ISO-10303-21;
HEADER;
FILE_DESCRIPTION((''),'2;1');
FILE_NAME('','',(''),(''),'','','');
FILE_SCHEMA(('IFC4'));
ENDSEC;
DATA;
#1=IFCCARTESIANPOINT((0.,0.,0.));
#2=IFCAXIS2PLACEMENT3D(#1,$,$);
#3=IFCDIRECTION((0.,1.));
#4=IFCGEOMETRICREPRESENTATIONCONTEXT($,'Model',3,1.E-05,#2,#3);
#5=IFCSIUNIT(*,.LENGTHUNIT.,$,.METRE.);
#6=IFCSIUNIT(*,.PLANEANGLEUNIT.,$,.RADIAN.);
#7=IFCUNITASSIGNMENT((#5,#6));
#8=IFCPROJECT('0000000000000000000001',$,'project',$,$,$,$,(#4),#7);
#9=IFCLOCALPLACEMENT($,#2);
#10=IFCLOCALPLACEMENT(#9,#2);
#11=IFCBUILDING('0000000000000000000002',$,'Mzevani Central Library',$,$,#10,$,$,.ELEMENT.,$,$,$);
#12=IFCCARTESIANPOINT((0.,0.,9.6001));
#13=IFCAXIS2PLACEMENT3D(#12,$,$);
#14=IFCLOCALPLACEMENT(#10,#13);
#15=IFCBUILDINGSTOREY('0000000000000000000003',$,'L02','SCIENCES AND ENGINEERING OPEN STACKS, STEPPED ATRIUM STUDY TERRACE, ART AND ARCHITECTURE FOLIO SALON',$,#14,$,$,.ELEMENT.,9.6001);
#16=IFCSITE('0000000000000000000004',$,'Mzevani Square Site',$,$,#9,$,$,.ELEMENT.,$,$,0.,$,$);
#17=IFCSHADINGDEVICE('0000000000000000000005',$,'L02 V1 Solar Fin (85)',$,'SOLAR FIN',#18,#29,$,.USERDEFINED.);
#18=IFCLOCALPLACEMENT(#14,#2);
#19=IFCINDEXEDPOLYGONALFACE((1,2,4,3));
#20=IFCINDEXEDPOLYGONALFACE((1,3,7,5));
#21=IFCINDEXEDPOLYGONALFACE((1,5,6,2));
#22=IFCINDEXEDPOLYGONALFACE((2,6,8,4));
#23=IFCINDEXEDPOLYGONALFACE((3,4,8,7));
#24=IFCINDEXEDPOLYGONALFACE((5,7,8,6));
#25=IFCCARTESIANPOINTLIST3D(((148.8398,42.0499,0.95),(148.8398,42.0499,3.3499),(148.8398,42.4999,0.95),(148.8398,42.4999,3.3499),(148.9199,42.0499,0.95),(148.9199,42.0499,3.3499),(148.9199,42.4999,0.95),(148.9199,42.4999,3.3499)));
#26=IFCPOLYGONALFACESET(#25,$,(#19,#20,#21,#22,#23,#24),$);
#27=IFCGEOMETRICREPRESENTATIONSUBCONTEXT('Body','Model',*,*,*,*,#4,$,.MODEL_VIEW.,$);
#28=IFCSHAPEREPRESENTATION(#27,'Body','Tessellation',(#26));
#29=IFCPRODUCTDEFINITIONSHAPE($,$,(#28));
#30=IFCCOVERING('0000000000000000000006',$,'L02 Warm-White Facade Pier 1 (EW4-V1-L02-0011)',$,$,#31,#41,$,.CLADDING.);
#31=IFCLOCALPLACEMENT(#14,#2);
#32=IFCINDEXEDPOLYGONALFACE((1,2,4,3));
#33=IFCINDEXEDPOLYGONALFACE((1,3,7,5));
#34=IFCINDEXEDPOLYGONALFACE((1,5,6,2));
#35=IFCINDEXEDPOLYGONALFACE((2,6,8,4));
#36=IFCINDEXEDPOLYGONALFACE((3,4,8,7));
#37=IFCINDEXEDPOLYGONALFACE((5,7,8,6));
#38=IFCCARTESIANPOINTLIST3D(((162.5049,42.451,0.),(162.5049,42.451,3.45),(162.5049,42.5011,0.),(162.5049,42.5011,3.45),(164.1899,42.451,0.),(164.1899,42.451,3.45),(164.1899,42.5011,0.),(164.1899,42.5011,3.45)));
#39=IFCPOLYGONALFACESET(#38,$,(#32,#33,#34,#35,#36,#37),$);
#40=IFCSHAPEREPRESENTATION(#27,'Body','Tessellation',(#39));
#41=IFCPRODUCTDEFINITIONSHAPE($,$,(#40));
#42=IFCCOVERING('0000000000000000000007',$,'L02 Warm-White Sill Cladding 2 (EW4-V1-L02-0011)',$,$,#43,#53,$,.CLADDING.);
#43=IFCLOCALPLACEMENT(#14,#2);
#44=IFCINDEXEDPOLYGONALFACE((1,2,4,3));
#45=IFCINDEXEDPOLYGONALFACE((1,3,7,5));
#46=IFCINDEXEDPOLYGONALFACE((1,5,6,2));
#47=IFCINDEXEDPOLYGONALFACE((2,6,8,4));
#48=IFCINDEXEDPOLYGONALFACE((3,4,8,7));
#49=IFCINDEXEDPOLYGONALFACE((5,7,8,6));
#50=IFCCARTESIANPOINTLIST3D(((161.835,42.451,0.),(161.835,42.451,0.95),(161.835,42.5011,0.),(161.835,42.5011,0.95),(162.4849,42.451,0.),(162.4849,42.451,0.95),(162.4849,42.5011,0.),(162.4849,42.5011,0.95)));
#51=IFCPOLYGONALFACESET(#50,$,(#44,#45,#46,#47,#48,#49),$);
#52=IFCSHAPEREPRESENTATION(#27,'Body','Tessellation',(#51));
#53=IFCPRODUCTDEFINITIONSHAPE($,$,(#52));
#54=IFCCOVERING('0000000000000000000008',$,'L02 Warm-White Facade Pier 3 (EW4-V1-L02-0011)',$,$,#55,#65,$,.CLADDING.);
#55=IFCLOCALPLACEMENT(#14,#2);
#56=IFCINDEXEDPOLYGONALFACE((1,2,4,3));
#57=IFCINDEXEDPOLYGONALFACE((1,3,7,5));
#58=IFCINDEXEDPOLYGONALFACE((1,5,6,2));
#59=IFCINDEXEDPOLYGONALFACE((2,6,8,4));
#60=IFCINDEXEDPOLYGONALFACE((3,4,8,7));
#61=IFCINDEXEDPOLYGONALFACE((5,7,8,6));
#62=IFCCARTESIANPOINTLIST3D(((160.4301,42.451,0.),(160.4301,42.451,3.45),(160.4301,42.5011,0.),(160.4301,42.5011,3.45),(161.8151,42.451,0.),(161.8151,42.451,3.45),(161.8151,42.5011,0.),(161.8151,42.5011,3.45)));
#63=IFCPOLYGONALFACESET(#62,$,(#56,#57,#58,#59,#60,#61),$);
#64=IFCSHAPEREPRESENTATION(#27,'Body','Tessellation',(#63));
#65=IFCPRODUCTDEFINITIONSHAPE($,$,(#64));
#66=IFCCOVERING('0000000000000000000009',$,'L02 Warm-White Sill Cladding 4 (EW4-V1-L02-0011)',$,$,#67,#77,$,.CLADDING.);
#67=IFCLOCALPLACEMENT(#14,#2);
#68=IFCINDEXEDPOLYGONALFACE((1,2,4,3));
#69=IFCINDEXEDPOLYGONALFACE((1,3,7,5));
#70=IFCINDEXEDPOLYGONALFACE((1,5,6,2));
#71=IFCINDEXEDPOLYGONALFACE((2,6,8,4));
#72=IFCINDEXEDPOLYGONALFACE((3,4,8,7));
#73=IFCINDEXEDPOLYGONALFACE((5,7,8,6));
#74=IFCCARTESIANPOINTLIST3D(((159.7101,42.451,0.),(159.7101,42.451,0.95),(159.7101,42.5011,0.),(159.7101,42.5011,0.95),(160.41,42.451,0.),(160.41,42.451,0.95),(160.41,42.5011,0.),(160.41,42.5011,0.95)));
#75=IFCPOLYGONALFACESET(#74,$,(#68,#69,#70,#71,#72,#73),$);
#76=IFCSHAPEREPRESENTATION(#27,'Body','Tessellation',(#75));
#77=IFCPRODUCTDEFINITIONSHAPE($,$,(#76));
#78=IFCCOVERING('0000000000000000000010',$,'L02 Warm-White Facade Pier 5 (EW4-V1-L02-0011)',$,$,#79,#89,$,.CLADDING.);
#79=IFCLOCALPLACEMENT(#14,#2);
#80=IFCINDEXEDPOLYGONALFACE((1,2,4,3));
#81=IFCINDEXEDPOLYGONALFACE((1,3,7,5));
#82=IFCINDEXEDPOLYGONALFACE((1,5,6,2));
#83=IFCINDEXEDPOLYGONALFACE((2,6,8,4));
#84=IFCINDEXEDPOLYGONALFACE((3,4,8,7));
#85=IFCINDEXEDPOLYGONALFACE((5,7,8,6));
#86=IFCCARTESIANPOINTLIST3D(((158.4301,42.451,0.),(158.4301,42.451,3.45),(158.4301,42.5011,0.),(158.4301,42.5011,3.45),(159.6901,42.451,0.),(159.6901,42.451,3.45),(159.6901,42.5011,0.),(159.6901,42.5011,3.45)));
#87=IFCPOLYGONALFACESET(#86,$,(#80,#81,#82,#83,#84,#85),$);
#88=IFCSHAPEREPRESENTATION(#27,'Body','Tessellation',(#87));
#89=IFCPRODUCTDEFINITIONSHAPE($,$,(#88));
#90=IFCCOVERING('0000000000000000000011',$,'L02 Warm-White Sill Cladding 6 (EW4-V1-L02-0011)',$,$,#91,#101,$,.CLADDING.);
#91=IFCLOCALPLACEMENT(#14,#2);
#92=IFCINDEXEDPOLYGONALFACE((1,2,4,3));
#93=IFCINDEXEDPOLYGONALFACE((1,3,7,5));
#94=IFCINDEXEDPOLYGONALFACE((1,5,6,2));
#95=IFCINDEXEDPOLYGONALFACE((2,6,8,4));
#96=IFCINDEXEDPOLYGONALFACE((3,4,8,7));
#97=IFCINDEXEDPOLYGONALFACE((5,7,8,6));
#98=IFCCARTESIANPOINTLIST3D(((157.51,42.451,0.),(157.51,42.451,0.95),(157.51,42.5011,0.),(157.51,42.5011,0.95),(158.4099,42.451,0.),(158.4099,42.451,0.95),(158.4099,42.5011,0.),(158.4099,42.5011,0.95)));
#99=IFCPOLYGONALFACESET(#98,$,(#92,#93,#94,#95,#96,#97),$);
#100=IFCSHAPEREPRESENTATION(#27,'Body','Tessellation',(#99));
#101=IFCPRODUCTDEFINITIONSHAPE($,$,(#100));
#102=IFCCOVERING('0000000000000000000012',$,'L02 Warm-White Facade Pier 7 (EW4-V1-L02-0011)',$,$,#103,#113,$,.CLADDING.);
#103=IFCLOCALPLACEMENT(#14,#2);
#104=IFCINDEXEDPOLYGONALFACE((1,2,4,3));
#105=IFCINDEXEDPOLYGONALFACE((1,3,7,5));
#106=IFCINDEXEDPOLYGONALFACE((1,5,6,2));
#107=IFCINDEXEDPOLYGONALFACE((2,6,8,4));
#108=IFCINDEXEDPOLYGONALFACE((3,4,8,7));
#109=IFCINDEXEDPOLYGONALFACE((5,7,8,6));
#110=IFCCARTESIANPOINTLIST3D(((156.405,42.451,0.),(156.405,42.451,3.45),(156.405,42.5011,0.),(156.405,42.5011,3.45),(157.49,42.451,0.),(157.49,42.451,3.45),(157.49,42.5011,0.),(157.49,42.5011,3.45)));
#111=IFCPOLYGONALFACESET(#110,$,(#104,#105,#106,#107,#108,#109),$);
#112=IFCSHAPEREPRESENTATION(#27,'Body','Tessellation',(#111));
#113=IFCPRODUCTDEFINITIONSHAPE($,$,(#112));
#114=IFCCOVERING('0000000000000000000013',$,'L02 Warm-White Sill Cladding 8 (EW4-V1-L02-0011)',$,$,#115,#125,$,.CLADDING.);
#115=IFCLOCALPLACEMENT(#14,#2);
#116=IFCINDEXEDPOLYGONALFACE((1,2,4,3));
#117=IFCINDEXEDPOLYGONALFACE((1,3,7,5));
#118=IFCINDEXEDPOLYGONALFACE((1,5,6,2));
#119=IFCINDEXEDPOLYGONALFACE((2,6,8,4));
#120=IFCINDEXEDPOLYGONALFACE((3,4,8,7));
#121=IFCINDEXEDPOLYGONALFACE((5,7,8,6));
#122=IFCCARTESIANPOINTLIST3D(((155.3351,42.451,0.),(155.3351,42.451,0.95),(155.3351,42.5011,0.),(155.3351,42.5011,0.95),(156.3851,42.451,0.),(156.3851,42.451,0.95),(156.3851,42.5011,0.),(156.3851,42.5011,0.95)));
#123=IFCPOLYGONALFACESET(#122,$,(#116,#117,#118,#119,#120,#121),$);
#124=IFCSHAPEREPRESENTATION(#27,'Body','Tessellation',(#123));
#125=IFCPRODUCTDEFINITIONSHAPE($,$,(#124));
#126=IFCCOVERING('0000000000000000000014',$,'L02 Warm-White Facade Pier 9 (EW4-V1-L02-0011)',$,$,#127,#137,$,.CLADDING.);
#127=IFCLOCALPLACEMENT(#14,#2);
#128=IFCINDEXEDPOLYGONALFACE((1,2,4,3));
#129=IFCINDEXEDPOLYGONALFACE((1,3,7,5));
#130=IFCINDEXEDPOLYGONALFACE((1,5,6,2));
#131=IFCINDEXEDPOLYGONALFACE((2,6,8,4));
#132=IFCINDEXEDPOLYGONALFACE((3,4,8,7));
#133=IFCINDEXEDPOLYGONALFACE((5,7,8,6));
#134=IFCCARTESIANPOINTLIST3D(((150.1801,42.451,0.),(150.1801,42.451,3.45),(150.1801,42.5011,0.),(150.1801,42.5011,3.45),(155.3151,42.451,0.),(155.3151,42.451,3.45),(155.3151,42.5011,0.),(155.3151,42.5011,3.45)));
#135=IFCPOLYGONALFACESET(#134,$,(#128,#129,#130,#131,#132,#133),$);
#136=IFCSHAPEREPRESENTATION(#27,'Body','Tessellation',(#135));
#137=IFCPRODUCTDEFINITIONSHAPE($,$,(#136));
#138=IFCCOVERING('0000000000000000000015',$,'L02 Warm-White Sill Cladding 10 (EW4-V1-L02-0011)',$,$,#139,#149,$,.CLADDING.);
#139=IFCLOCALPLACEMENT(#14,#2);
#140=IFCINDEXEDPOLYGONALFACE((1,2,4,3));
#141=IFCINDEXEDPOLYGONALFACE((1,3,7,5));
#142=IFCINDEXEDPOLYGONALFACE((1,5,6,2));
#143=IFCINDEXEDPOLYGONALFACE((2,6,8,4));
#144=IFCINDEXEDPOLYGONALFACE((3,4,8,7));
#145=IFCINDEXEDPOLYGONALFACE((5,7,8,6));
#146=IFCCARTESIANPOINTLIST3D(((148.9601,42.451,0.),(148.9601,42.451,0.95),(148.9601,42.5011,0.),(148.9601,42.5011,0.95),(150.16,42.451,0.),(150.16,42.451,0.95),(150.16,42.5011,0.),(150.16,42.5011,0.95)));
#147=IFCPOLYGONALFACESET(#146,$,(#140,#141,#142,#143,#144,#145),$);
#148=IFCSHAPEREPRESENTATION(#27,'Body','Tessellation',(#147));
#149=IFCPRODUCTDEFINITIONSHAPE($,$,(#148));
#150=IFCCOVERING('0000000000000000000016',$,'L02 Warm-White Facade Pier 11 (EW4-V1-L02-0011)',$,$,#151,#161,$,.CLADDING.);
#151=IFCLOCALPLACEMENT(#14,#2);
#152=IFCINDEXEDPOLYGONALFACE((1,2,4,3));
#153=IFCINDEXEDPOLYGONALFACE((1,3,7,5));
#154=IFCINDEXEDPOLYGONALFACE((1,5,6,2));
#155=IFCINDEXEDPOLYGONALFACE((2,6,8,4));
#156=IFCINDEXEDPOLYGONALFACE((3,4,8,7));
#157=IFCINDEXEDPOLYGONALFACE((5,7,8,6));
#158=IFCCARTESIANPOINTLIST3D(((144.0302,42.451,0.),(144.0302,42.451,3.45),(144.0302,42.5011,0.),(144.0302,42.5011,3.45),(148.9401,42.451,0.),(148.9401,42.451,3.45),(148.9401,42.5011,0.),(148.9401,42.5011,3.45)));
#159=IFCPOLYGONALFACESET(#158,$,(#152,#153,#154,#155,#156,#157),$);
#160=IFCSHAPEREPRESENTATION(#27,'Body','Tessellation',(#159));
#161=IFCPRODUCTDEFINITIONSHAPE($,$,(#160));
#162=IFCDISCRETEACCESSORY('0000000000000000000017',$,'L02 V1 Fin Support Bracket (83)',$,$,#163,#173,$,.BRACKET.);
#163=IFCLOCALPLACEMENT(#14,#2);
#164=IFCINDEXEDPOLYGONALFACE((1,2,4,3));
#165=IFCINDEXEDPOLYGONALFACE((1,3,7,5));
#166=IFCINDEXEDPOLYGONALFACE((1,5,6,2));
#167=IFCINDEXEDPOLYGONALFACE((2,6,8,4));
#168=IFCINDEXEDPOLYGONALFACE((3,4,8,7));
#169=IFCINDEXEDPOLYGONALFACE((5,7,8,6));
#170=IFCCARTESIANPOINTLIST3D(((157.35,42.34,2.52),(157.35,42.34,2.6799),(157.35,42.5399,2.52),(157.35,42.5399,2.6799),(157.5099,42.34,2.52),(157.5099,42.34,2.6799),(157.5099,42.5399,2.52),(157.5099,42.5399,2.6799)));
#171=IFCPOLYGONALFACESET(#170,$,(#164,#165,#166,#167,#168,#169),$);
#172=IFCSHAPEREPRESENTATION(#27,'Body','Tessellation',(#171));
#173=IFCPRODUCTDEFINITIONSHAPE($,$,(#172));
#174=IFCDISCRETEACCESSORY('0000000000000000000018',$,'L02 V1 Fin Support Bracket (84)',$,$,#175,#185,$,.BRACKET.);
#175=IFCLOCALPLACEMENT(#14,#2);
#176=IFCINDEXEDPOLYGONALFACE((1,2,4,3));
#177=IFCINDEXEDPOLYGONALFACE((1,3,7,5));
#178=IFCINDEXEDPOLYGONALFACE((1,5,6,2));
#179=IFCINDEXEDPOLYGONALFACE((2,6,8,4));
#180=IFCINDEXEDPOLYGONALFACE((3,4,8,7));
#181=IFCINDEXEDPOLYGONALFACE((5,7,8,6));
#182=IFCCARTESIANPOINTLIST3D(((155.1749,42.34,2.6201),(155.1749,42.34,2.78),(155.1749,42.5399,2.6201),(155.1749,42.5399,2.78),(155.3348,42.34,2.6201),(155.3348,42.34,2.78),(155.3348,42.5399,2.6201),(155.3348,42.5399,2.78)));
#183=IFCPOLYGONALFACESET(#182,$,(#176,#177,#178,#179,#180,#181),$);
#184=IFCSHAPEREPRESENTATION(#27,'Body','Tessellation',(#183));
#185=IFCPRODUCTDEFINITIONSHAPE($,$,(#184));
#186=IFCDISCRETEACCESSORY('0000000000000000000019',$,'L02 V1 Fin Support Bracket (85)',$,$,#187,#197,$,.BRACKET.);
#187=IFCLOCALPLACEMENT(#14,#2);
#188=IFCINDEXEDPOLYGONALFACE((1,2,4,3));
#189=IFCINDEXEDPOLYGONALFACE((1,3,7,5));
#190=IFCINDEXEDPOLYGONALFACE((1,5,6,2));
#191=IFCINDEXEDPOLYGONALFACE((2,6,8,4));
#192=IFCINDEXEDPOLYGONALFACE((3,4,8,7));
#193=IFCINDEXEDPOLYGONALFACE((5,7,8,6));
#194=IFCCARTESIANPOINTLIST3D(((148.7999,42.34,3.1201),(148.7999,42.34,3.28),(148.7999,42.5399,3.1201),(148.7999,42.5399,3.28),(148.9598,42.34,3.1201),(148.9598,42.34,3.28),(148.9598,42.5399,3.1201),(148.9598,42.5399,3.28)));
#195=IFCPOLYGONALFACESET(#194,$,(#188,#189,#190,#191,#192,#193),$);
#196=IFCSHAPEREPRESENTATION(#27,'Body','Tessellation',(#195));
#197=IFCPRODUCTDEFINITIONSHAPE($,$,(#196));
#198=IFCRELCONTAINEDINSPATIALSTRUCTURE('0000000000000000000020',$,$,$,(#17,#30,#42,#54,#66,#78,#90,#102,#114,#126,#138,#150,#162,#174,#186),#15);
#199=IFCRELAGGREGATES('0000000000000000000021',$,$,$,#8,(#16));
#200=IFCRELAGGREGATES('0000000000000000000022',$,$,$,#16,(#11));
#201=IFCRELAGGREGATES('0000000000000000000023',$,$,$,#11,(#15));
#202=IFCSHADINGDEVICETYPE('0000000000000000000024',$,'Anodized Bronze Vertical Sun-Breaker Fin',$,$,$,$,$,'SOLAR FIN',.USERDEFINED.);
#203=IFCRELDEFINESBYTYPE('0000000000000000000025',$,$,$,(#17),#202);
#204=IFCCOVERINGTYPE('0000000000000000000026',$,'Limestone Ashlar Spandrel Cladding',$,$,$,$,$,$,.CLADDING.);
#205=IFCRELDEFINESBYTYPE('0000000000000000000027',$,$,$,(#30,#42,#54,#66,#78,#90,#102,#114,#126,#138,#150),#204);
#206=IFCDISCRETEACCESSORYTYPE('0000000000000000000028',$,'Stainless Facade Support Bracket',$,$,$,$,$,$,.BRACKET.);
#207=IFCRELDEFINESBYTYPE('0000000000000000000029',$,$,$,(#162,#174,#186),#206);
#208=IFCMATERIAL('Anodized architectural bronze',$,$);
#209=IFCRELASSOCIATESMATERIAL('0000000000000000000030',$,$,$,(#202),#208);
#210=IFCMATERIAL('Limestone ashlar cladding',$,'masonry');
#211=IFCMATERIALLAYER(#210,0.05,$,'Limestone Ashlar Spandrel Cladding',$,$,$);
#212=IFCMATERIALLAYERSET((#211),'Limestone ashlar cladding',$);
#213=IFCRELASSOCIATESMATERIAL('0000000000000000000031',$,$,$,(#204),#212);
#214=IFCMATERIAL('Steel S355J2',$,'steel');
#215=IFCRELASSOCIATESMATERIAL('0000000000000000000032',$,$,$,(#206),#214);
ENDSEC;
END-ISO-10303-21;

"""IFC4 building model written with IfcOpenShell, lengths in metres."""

from ifc_helpers import new_model, si_unit, direction, frame, origin, origin_2d, place, context, subcontext, project, spatial, rectangle, extrude, material, layer, layer_set, type_object, element, save


model = new_model("IFC4")

# Units and contexts
model_context = context("Model", 3, precision=1e-05, world=origin(), true_north=direction((0.0, 1.0)))
body_context = subcontext(model_context, "Body", "Model", "MODEL_VIEW")
ifc_project = project(units=[si_unit("LENGTHUNIT", "METRE"), si_unit("PLANEANGLEUNIT", "RADIAN")], contexts=[model_context])

# Site, building, storey
site_placement = place(None, origin())
site = spatial("IfcSite", under=ifc_project, at=site_placement, Name="Mzevani Square Site", CompositionType="ELEMENT", RefElevation=0.0)
building_placement = place(site_placement, origin())
building = spatial("IfcBuilding", under=site, at=building_placement, Name="Mzevani Central Library", CompositionType="ELEMENT")
storey_placement = place(building_placement, frame((0.0, 0.0, 9.6001)))
storey = spatial("IfcBuildingStorey", under=building, at=storey_placement, Name="L02", Description="SCIENCES AND ENGINEERING OPEN STACKS, STEPPED ATRIUM STUDY TERRACE, ART AND ARCHITECTURE FOLIO SALON", CompositionType="ELEMENT", Elevation=9.6001)

# Shading device
ifc_material_1 = material(Name="Anodized architectural bronze")
shading_device_type = type_object("IfcShadingDeviceType", Name="Anodized Bronze Vertical Sun-Breaker Fin", ElementType="SOLAR FIN", PredefinedType="USERDEFINED", material=ifc_material_1)
shading_device_1_placement = place(storey_placement, frame((148.8799, 42.2749, 0.95), z_axis=(0.0, 0.0, 1.0), x_axis=(-1.0, 0.0, 0.0)))
element("IfcShadingDevice", 1, at=shading_device_1_placement, inside=storey, type_object=shading_device_type, Name="L02 V1 Solar Fin (85)", ObjectType="SOLAR FIN", PredefinedType="USERDEFINED", context=body_context, shape_type="SweptSolid", body=[
    extrude(rectangle(XDim=0.0801, YDim=0.45, at=origin_2d()), origin(), (0.0, 0.0, 1.0), 2.3999),
])

# Coverings
ifc_material_2 = material(Name="Limestone ashlar cladding", Category="masonry")
ifc_layer_1 = layer(ifc_material_2, 0.05, Name="Limestone Ashlar Spandrel Cladding")
ifc_layer_set_1 = layer_set([ifc_layer_1], Name="Limestone ashlar cladding")
covering_type = type_object("IfcCoveringType", Name="Limestone Ashlar Spandrel Cladding", PredefinedType="CLADDING", material=ifc_layer_set_1)
covering_1_placement = place(storey_placement, frame((163.3474, 42.4761, 0.0), z_axis=(0.0, 0.0, 1.0), x_axis=(-1.0, 0.0, 0.0)))
element("IfcCovering", 2, at=covering_1_placement, inside=storey, type_object=covering_type, Name="L02 Warm-White Facade Pier 1 (EW4-V1-L02-0011)", PredefinedType="CLADDING", context=body_context, shape_type="SweptSolid", body=[
    extrude(rectangle(XDim=1.6851, YDim=0.05, at=origin_2d()), origin(), (0.0, 0.0, 1.0), 3.45),
])
covering_2_placement = place(storey_placement, frame((162.1599, 42.4761, 0.0), z_axis=(0.0, 0.0, 1.0), x_axis=(-1.0, 0.0, 0.0)))
element("IfcCovering", 3, at=covering_2_placement, inside=storey, type_object=covering_type, Name="L02 Warm-White Sill Cladding 2 (EW4-V1-L02-0011)", PredefinedType="CLADDING", context=body_context, shape_type="SweptSolid", body=[
    extrude(rectangle(XDim=0.6499, YDim=0.05, at=origin_2d()), origin(), (0.0, 0.0, 1.0), 0.95),
])
covering_3_placement = place(storey_placement, frame((161.1226, 42.4761, 0.0), z_axis=(0.0, 0.0, 1.0), x_axis=(-1.0, 0.0, 0.0)))
element("IfcCovering", 4, at=covering_3_placement, inside=storey, type_object=covering_type, Name="L02 Warm-White Facade Pier 3 (EW4-V1-L02-0011)", PredefinedType="CLADDING", context=body_context, shape_type="SweptSolid", body=[
    extrude(rectangle(XDim=1.385, YDim=0.05, at=origin_2d()), origin(), (0.0, 0.0, 1.0), 3.45),
])
covering_4_placement = place(storey_placement, frame((160.0601, 42.4761, 0.0), z_axis=(0.0, 0.0, 1.0), x_axis=(-1.0, 0.0, 0.0)))
element("IfcCovering", 5, at=covering_4_placement, inside=storey, type_object=covering_type, Name="L02 Warm-White Sill Cladding 4 (EW4-V1-L02-0011)", PredefinedType="CLADDING", context=body_context, shape_type="SweptSolid", body=[
    extrude(rectangle(XDim=0.7, YDim=0.05, at=origin_2d()), origin(), (0.0, 0.0, 1.0), 0.95),
])
covering_5_placement = place(storey_placement, frame((159.0601, 42.4761, 0.0), z_axis=(0.0, 0.0, 1.0), x_axis=(-1.0, 0.0, 0.0)))
element("IfcCovering", 6, at=covering_5_placement, inside=storey, type_object=covering_type, Name="L02 Warm-White Facade Pier 5 (EW4-V1-L02-0011)", PredefinedType="CLADDING", context=body_context, shape_type="SweptSolid", body=[
    extrude(rectangle(XDim=1.26, YDim=0.05, at=origin_2d()), origin(), (0.0, 0.0, 1.0), 3.45),
])
covering_6_placement = place(storey_placement, frame((157.96, 42.4761, 0.0), z_axis=(0.0, 0.0, 1.0), x_axis=(-1.0, 0.0, 0.0)))
element("IfcCovering", 7, at=covering_6_placement, inside=storey, type_object=covering_type, Name="L02 Warm-White Sill Cladding 6 (EW4-V1-L02-0011)", PredefinedType="CLADDING", context=body_context, shape_type="SweptSolid", body=[
    extrude(rectangle(XDim=0.8999, YDim=0.05, at=origin_2d()), origin(), (0.0, 0.0, 1.0), 0.95),
])
covering_7_placement = place(storey_placement, frame((156.9475, 42.4761, 0.0), z_axis=(0.0, 0.0, 1.0), x_axis=(-1.0, 0.0, 0.0)))
element("IfcCovering", 8, at=covering_7_placement, inside=storey, type_object=covering_type, Name="L02 Warm-White Facade Pier 7 (EW4-V1-L02-0011)", PredefinedType="CLADDING", context=body_context, shape_type="SweptSolid", body=[
    extrude(rectangle(XDim=1.085, YDim=0.05, at=origin_2d()), origin(), (0.0, 0.0, 1.0), 3.45),
])
covering_8_placement = place(storey_placement, frame((155.8601, 42.4761, 0.0), z_axis=(0.0, 0.0, 1.0), x_axis=(-1.0, 0.0, 0.0)))
element("IfcCovering", 9, at=covering_8_placement, inside=storey, type_object=covering_type, Name="L02 Warm-White Sill Cladding 8 (EW4-V1-L02-0011)", PredefinedType="CLADDING", context=body_context, shape_type="SweptSolid", body=[
    extrude(rectangle(XDim=1.05, YDim=0.05, at=origin_2d()), origin(), (0.0, 0.0, 1.0), 0.95),
])
covering_9_placement = place(storey_placement, frame((152.7476, 42.4761, 0.0), z_axis=(0.0, 0.0, 1.0), x_axis=(-1.0, 0.0, 0.0)))
element("IfcCovering", 10, at=covering_9_placement, inside=storey, type_object=covering_type, Name="L02 Warm-White Facade Pier 9 (EW4-V1-L02-0011)", PredefinedType="CLADDING", context=body_context, shape_type="SweptSolid", body=[
    extrude(rectangle(XDim=5.135, YDim=0.05, at=origin_2d()), origin(), (0.0, 0.0, 1.0), 3.45),
])
covering_10_placement = place(storey_placement, frame((149.5601, 42.4761, 0.0), z_axis=(0.0, 0.0, 1.0), x_axis=(-1.0, 0.0, 0.0)))
element("IfcCovering", 11, at=covering_10_placement, inside=storey, type_object=covering_type, Name="L02 Warm-White Sill Cladding 10 (EW4-V1-L02-0011)", PredefinedType="CLADDING", context=body_context, shape_type="SweptSolid", body=[
    extrude(rectangle(XDim=1.2, YDim=0.05, at=origin_2d()), origin(), (0.0, 0.0, 1.0), 0.95),
])
covering_11_placement = place(storey_placement, frame((146.4851, 42.4761, 0.0), z_axis=(0.0, 0.0, 1.0), x_axis=(-1.0, 0.0, 0.0)))
element("IfcCovering", 12, at=covering_11_placement, inside=storey, type_object=covering_type, Name="L02 Warm-White Facade Pier 11 (EW4-V1-L02-0011)", PredefinedType="CLADDING", context=body_context, shape_type="SweptSolid", body=[
    extrude(rectangle(XDim=4.9099, YDim=0.05, at=origin_2d()), origin(), (0.0, 0.0, 1.0), 3.45),
])

# Discrete accessories
ifc_material_3 = material(Name="Steel S355J2", Category="steel")
discrete_accessory_type = type_object("IfcDiscreteAccessoryType", Name="Stainless Facade Support Bracket", PredefinedType="BRACKET", material=ifc_material_3)
for number, where, z_axis, x_axis, name in (
    (13, (157.4299, 42.4399, 2.52), (0.0, 0.0, 1.0), (-1.0, 0.0, 0.0), "L02 V1 Fin Support Bracket (83)"),
    (14, (155.2549, 42.4399, 2.6201), (0.0, 0.0, 1.0), (-1.0, 0.0, 0.0), "L02 V1 Fin Support Bracket (84)"),
    (15, (148.8799, 42.4399, 3.1201), (0.0, 0.0, 1.0), (-1.0, 0.0, 0.0), "L02 V1 Fin Support Bracket (85)"),
):
    element("IfcDiscreteAccessory", number, at=place(storey_placement, frame(where, z_axis=z_axis, x_axis=x_axis)), inside=storey, type_object=discrete_accessory_type, Name=name, PredefinedType="BRACKET", context=body_context, shape_type="SweptSolid", body=[
        extrude(rectangle(XDim=0.1599, YDim=0.2, at=origin_2d()), origin(), (0.0, 0.0, 1.0), 0.1599),
    ])

save(model, "model.ifc")
